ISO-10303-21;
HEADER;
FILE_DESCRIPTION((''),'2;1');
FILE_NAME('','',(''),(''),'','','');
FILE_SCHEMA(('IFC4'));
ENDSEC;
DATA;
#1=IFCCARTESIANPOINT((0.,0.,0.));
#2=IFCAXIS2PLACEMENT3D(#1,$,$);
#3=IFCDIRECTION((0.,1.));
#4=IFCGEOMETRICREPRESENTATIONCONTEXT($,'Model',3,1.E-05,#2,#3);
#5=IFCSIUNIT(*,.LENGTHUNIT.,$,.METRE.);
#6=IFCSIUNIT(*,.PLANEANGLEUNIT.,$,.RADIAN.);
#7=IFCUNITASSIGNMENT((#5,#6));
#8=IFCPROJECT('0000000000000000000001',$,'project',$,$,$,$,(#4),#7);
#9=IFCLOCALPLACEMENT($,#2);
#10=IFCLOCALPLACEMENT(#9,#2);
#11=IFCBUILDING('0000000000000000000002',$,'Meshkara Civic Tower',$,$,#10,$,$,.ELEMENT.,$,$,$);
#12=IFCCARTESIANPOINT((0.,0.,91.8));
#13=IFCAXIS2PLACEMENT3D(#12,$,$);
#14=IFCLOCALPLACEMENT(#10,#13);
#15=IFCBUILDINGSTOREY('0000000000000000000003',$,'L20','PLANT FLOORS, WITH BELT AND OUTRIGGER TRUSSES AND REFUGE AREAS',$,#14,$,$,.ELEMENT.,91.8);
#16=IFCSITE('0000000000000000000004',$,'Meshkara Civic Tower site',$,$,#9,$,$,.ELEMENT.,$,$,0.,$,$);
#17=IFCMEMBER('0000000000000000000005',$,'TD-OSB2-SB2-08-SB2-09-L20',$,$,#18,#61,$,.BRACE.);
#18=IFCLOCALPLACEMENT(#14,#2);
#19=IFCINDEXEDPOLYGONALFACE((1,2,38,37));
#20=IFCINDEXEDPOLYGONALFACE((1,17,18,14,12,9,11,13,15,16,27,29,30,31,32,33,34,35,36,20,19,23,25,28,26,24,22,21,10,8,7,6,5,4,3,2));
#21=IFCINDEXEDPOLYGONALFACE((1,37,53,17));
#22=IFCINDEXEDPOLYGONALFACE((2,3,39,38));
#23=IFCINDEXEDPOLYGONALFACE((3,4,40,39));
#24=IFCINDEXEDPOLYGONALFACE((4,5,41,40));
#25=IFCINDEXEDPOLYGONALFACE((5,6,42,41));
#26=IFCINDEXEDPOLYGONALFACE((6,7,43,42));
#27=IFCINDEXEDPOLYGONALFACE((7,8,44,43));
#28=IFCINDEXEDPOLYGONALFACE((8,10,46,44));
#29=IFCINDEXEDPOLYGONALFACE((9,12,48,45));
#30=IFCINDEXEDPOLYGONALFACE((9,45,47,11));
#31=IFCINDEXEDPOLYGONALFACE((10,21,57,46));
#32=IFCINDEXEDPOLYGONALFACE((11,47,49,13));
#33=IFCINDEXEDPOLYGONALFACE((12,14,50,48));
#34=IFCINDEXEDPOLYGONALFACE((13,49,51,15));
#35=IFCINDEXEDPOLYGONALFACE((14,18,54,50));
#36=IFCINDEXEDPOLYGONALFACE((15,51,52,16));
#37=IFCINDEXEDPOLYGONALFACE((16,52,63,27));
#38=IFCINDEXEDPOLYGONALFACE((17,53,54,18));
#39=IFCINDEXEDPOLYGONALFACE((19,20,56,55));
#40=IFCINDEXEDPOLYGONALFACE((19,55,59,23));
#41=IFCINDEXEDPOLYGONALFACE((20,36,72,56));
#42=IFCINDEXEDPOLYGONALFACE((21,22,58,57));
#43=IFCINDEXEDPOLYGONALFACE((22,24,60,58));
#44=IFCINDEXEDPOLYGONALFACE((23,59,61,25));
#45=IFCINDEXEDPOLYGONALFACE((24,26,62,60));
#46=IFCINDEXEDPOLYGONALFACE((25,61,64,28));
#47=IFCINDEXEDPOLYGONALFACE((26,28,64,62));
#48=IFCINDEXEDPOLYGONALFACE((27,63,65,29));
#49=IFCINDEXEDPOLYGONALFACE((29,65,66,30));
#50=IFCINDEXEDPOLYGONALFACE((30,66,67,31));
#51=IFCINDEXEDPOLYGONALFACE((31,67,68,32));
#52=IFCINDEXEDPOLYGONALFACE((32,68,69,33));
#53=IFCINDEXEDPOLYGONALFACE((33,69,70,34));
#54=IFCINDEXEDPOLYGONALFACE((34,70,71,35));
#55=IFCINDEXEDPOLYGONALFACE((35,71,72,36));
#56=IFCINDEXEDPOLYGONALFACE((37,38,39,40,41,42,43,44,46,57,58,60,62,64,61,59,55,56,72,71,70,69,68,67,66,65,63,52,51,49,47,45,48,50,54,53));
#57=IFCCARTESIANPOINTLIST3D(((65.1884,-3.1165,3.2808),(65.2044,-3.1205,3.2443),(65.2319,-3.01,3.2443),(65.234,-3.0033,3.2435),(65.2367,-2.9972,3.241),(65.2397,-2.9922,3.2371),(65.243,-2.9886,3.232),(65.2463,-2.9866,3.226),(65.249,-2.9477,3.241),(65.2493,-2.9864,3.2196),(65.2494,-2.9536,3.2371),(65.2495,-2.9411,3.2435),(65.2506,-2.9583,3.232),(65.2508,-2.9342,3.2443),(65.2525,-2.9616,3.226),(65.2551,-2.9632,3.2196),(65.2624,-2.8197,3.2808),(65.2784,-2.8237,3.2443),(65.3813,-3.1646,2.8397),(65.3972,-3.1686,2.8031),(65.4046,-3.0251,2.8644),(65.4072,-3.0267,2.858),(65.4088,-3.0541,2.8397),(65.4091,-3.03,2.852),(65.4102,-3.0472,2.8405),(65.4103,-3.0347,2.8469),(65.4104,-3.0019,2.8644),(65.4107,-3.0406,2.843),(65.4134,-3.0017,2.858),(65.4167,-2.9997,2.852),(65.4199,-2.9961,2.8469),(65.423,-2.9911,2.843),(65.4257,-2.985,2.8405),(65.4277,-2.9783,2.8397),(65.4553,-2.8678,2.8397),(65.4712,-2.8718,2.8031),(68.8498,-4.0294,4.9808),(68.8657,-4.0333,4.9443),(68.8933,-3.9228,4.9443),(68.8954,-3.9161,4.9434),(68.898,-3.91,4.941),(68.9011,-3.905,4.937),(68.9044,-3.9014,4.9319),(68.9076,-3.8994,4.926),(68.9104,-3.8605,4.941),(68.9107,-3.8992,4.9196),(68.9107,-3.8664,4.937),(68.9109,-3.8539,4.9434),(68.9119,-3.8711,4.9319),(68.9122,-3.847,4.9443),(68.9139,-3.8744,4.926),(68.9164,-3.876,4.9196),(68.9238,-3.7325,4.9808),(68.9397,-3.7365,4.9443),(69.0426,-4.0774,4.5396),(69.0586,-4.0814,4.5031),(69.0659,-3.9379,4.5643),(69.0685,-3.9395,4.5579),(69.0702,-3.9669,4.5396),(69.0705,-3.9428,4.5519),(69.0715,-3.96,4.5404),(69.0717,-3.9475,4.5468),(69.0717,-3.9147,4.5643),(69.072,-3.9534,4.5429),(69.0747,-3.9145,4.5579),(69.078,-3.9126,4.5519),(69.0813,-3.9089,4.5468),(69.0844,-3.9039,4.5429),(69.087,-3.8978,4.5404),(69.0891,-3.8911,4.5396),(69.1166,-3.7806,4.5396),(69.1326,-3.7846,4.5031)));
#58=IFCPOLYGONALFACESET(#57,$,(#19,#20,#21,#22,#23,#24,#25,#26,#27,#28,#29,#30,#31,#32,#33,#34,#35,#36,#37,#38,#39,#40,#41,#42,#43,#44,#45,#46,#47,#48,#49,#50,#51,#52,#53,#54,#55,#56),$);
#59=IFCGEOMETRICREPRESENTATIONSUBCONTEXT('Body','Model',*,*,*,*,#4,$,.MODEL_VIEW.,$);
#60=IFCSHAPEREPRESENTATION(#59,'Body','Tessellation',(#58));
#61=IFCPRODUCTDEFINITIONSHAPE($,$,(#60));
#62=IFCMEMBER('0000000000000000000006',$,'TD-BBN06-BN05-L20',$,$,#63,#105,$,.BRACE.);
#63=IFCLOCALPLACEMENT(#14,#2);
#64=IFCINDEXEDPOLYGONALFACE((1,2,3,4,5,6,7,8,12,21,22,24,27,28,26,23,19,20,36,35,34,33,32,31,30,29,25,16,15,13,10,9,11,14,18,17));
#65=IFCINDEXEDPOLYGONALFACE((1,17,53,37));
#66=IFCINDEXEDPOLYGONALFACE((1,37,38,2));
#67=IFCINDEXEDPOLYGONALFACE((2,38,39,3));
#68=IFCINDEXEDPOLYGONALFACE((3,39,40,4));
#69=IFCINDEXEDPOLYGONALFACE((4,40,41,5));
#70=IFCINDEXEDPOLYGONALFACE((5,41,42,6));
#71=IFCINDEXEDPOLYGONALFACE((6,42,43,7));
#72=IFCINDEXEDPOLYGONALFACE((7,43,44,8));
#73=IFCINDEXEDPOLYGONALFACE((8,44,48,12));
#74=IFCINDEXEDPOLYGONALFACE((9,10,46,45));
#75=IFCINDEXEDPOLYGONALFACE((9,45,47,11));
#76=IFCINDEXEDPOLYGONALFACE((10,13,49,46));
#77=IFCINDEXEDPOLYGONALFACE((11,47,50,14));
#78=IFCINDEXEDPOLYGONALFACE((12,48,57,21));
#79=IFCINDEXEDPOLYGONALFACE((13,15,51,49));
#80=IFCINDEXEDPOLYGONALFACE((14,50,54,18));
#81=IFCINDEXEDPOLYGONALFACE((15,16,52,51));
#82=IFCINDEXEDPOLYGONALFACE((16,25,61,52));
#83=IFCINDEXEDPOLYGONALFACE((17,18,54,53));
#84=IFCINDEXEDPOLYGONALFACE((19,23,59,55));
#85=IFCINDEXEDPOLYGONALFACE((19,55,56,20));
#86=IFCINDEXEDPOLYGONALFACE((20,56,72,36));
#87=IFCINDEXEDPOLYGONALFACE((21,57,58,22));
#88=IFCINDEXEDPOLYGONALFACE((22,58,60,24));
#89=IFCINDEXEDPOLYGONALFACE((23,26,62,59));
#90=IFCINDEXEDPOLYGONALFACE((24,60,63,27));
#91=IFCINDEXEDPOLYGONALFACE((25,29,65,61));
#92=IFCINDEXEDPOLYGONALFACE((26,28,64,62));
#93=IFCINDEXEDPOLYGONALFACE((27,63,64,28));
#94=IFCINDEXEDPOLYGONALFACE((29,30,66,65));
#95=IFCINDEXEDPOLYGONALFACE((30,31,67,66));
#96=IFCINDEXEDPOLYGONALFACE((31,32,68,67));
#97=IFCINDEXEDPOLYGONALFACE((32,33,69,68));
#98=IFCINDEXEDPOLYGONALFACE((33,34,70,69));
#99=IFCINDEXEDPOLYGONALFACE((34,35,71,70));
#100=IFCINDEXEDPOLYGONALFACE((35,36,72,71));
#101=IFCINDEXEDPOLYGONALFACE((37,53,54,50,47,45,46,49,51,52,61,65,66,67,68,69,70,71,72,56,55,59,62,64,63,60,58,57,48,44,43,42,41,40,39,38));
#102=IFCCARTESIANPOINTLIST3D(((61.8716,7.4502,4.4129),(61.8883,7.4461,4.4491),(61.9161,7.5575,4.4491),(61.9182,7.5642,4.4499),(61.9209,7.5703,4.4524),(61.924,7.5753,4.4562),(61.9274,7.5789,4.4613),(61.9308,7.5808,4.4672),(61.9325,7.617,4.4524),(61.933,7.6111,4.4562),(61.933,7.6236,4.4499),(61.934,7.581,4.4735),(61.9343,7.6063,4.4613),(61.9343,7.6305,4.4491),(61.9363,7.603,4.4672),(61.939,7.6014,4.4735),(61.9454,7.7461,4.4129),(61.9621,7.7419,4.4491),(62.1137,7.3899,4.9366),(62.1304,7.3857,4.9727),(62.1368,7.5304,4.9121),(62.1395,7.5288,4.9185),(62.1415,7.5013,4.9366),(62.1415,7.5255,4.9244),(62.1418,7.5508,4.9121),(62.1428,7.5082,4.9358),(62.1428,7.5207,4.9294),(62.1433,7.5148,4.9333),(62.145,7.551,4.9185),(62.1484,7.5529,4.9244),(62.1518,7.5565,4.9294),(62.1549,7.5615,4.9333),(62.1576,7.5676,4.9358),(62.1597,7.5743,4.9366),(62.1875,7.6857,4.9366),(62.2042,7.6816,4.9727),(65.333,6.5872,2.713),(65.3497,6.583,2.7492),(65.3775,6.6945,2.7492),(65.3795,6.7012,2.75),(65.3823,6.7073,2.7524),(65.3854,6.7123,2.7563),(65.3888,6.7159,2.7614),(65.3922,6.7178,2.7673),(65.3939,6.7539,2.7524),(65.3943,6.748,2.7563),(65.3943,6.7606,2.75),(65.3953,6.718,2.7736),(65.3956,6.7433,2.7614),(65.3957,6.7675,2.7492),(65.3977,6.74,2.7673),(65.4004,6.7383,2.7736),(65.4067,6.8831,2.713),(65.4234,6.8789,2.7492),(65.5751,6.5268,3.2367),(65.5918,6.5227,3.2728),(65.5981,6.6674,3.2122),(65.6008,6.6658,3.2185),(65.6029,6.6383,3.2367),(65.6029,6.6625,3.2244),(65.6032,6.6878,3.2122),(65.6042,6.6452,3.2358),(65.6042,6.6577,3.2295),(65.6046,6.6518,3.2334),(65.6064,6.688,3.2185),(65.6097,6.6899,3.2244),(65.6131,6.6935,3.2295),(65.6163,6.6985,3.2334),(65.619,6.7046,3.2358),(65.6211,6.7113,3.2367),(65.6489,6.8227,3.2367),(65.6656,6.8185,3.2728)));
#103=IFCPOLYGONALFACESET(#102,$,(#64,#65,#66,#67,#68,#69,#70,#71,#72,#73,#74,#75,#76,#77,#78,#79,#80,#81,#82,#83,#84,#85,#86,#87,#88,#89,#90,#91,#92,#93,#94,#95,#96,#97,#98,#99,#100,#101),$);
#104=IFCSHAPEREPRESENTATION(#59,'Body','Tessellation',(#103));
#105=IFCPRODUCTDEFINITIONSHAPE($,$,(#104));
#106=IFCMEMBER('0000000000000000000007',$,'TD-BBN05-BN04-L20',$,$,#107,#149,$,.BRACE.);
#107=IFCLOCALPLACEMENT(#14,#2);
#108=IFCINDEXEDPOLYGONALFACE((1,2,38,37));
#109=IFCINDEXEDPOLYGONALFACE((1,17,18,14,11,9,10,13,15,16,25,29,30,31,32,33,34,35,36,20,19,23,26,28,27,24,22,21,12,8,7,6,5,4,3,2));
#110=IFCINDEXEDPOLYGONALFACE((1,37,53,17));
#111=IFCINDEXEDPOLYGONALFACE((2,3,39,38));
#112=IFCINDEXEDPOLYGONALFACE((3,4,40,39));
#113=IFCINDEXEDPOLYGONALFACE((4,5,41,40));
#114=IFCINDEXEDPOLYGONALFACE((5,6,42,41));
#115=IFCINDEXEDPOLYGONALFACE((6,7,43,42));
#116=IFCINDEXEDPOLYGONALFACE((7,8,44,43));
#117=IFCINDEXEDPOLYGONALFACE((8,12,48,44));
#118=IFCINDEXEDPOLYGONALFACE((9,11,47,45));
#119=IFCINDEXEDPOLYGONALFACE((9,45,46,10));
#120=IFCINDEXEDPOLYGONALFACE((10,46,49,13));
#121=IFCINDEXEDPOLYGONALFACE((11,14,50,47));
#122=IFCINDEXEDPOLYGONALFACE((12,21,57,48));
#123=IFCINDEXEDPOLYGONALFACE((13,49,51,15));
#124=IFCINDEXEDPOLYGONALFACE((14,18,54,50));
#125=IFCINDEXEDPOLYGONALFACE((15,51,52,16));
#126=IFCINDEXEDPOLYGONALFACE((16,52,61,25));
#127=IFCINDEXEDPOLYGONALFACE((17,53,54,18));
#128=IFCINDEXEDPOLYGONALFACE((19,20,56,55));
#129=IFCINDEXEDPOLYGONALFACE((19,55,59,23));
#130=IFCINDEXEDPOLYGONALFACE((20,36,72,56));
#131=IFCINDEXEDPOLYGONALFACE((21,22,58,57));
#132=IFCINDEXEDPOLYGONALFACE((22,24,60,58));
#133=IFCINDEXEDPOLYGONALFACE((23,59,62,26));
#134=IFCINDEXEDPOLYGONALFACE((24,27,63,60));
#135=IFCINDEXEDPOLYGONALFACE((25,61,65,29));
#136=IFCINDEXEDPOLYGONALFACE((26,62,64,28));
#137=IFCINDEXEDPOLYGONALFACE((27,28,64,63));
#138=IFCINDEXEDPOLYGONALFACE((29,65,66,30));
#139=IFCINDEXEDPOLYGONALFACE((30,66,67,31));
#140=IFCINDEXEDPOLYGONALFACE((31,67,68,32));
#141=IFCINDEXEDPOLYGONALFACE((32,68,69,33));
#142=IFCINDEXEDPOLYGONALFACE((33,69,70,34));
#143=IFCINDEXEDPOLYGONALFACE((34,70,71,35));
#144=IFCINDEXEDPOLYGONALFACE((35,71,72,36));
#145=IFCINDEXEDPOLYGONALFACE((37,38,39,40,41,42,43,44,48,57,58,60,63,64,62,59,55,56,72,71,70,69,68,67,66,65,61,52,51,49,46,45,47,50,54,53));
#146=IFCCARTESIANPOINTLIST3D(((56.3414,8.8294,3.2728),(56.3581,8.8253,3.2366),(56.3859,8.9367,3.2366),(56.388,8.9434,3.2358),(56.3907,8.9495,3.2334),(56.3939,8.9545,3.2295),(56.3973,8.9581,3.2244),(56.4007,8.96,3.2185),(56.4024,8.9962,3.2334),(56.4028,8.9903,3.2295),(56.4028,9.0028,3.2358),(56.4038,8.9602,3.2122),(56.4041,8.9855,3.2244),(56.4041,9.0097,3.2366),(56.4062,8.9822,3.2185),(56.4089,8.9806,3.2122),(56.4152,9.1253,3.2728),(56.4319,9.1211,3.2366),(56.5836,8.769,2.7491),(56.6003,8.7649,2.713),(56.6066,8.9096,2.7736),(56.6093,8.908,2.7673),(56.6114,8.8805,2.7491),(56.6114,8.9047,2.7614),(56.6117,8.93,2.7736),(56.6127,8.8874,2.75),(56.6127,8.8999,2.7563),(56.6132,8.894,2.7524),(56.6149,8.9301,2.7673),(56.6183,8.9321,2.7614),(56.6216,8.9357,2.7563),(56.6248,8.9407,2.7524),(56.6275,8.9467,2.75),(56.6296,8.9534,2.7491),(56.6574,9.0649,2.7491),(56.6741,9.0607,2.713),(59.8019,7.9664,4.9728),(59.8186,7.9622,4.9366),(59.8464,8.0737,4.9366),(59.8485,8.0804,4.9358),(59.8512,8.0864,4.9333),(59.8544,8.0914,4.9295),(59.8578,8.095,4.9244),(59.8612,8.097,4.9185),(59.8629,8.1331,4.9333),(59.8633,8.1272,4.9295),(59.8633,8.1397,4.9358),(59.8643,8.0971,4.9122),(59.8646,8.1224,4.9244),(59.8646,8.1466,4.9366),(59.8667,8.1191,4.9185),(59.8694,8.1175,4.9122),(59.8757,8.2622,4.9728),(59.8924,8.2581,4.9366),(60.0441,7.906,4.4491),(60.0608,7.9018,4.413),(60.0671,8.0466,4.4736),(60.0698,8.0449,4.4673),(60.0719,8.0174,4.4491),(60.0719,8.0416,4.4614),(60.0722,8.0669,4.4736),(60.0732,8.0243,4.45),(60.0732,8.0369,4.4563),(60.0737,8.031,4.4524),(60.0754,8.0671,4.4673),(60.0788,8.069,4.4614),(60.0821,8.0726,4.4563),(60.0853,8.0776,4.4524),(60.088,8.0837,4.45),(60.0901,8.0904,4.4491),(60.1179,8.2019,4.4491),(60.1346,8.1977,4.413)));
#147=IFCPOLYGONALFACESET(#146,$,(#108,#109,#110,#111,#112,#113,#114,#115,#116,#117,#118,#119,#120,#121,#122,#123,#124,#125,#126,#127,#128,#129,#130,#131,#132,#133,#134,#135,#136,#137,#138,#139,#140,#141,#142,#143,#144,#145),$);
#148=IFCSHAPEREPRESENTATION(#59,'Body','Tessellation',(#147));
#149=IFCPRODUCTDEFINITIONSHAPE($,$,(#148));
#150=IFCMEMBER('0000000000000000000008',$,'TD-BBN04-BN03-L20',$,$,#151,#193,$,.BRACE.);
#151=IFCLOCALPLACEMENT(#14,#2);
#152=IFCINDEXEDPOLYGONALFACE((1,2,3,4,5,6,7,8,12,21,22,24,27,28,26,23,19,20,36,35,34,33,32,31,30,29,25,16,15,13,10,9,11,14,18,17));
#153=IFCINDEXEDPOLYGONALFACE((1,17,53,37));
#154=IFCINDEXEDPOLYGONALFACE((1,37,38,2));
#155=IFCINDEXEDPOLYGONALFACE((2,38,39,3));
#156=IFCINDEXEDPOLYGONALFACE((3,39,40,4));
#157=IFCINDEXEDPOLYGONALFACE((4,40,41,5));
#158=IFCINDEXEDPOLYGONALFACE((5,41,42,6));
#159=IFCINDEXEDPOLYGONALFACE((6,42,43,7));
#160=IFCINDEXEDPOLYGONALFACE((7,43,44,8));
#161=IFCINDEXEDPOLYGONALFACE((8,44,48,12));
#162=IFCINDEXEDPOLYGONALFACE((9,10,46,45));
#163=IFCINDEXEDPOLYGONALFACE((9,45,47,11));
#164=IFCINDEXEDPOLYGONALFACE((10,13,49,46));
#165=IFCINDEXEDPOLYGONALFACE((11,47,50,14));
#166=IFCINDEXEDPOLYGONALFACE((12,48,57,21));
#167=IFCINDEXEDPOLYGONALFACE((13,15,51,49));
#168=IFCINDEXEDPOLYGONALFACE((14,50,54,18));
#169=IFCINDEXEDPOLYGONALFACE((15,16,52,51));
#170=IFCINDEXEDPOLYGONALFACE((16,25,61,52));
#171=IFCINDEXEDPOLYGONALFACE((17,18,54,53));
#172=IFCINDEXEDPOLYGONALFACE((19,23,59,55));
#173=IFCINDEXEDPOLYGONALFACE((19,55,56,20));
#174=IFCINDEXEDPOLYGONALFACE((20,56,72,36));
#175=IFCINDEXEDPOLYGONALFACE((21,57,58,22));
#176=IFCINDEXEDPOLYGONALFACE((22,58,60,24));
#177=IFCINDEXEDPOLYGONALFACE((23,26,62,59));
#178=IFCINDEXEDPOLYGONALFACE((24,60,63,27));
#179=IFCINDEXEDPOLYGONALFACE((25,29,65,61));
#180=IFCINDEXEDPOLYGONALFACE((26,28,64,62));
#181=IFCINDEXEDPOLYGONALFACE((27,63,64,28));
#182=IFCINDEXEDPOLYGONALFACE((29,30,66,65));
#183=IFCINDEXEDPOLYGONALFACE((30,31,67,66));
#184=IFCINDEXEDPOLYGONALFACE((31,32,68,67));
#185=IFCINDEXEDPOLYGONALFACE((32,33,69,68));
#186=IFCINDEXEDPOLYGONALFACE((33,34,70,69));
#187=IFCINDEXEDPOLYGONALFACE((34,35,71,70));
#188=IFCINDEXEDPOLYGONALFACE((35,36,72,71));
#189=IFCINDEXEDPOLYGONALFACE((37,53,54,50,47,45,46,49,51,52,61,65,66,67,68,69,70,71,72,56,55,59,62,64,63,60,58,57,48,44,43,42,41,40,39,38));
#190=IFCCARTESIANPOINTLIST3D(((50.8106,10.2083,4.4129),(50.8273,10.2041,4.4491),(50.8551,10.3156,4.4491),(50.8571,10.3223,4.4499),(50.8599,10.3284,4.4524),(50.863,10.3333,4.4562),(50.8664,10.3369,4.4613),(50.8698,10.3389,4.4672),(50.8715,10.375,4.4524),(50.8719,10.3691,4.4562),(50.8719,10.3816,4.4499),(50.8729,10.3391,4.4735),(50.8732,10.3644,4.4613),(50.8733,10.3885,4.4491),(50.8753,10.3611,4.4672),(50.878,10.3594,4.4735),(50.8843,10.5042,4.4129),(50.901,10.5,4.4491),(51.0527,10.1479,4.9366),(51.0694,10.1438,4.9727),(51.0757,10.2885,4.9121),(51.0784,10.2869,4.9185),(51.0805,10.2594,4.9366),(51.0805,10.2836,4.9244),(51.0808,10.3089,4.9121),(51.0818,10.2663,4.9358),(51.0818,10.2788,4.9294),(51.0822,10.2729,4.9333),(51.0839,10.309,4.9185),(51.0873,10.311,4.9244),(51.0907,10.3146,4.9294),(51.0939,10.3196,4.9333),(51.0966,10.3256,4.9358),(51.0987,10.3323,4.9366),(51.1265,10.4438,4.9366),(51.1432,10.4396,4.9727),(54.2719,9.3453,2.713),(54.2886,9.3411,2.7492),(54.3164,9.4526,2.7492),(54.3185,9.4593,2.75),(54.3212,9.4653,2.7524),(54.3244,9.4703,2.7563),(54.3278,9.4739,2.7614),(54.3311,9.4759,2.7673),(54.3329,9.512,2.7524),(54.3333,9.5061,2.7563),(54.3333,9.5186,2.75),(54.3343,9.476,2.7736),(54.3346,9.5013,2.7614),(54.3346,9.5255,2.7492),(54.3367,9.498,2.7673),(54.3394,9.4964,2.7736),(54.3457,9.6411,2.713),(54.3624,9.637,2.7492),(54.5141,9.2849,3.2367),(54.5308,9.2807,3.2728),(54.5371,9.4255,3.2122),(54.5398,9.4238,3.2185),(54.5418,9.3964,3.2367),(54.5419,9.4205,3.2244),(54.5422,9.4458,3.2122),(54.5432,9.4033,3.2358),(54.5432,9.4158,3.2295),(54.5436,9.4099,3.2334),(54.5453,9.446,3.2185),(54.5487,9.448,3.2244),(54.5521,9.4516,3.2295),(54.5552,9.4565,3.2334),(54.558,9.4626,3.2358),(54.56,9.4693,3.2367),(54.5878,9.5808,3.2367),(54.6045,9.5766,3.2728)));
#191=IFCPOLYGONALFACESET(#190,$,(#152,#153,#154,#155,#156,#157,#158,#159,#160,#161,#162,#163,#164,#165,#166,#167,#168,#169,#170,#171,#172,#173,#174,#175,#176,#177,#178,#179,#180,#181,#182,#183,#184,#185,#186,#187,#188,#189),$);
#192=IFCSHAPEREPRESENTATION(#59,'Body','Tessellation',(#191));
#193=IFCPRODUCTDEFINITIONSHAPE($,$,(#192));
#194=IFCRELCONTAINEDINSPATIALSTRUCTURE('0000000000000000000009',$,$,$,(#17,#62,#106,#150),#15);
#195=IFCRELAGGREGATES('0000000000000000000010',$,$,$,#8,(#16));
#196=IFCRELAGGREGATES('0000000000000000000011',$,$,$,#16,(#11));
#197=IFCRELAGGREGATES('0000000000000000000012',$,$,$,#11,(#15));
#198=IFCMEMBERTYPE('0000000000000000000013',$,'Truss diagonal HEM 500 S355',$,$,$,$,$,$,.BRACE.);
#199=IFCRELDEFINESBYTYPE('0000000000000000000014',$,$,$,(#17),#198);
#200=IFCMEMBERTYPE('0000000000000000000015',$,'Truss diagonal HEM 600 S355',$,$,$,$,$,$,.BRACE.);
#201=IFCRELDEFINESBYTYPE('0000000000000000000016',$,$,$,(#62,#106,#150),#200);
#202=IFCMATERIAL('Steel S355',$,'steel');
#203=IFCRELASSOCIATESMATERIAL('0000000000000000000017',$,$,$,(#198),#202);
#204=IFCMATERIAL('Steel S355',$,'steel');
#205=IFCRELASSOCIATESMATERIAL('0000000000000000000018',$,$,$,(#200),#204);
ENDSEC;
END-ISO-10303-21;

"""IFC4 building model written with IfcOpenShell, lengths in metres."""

from ifc_helpers import new_model, si_unit, direction, frame, origin, origin_2d, place, context, subcontext, project, spatial, i_section, extrude, material, material_profile, profile_set, type_object, element, save


model = new_model("IFC4")

# Units and contexts
model_context = context("Model", 3, precision=1e-05, world=origin(), true_north=direction((0.0, 1.0)))
body_context = subcontext(model_context, "Body", "Model", "MODEL_VIEW")
ifc_project = project(units=[si_unit("LENGTHUNIT", "METRE"), si_unit("PLANEANGLEUNIT", "RADIAN")], contexts=[model_context])

# Site, building, storey
site_placement = place(None, origin())
site = spatial("IfcSite", under=ifc_project, at=site_placement, Name="Meshkara Civic Tower site", CompositionType="ELEMENT", RefElevation=0.0)
building_placement = place(site_placement, origin())
building = spatial("IfcBuilding", under=site, at=building_placement, Name="Meshkara Civic Tower", CompositionType="ELEMENT")
storey_placement = place(building_placement, frame((0.0, 0.0, 91.8)))
storey = spatial("IfcBuildingStorey", under=building, at=storey_placement, Name="L20", Description="PLANT FLOORS, WITH BELT AND OUTRIGGER TRUSSES AND REFUGE AREAS", CompositionType="ELEMENT", Elevation=91.8)

# Members
ifc_material_1 = material(Name="Steel S355", Category="steel")
ifc_material_profile_1 = material_profile(ifc_material_1, i_section(OverallWidth=0.3059, OverallDepth=0.5239, WebThickness=0.0239, FlangeThickness=0.04, FilletRadius=0.0271, at=origin_2d()))
ifc_profile_set_1 = profile_set([ifc_material_profile_1], Name="Steel S355")
member_type_1 = type_object("IfcMemberType", Name="Truss diagonal HEM 500 S355", PredefinedType="BRACE", material=ifc_profile_set_1)
for number, where, z_axis, x_axis, name in (
    (1, (65.3298, -2.9941, 3.042), (0.884669, -0.220563, 0.410746), (0.241911, 0.970298, 0.0), "TD-OSB2-SB2-08-SB2-09-L20"),
):
    element("IfcMember", number, at=place(storey_placement, frame(where, z_axis=z_axis, x_axis=x_axis)), inside=storey, type_object=member_type_1, Name=name, PredefinedType="BRACE", context=body_context, shape_type="SweptSolid", body=[
        extrude(i_section(OverallWidth=0.3059, OverallDepth=0.5239, WebThickness=0.0239, FlangeThickness=0.04, FilletRadius=0.0271, at=origin_2d()), origin(), (0.0, 0.0, 1.0), 4.1387),
    ])
ifc_material_2 = material(Name="Steel S355", Category="steel")
ifc_material_profile_2 = material_profile(ifc_material_2, i_section(OverallWidth=0.3049, OverallDepth=0.6201, WebThickness=0.021, FlangeThickness=0.04, FilletRadius=0.0271, at=origin_2d()))
ifc_profile_set_2 = profile_set([ifc_material_profile_2], Name="Steel S355")
member_type_2 = type_object("IfcMemberType", Name="Truss diagonal HEM 600 S355", PredefinedType="BRACE", material=ifc_profile_set_2)
member_1_placement = place(storey_placement, frame((65.4993, 6.7029, 2.9929), z_axis=(-0.875928, 0.218395, 0.430179), x_axis=(-0.241924, -0.970295, 0.0)))
element("IfcMember", 2, at=member_1_placement, inside=storey, type_object=member_type_2, Name="TD-BBN06-BN05-L20", PredefinedType="BRACE", context=body_context, shape_type="SweptSolid", body=[
    extrude(i_section(OverallWidth=0.3049, OverallDepth=0.6201, WebThickness=0.021, FlangeThickness=0.04, FilletRadius=0.0271, at=origin_2d()), origin(), (0.0, 0.0, 1.0), 3.9517),
])
member_2_placement = place(storey_placement, frame((59.9683, 8.082, 4.6929), z_axis=(-0.87587, 0.218442, -0.430273), x_axis=(-0.241988, -0.970279, 0.0)))
element("IfcMember", 3, at=member_2_placement, inside=storey, type_object=member_type_2, Name="TD-BBN05-BN04-L20", PredefinedType="BRACE", context=body_context, shape_type="SweptSolid", body=[
    extrude(i_section(OverallWidth=0.3049, OverallDepth=0.6201, WebThickness=0.021, FlangeThickness=0.04, FilletRadius=0.0271, at=origin_2d()), origin(), (0.0, 0.0, 1.0), 3.9509),
])
member_3_placement = place(storey_placement, frame((54.4382, 9.4609, 2.9929), z_axis=(-0.875928, 0.218395, 0.430179), x_axis=(-0.241924, -0.970295, 0.0)))
element("IfcMember", 4, at=member_3_placement, inside=storey, type_object=member_type_2, Name="TD-BBN04-BN03-L20", PredefinedType="BRACE", context=body_context, shape_type="SweptSolid", body=[
    extrude(i_section(OverallWidth=0.3049, OverallDepth=0.6201, WebThickness=0.021, FlangeThickness=0.04, FilletRadius=0.0271, at=origin_2d()), origin(), (0.0, 0.0, 1.0), 3.9517),
])

save(model, "model.ifc")
